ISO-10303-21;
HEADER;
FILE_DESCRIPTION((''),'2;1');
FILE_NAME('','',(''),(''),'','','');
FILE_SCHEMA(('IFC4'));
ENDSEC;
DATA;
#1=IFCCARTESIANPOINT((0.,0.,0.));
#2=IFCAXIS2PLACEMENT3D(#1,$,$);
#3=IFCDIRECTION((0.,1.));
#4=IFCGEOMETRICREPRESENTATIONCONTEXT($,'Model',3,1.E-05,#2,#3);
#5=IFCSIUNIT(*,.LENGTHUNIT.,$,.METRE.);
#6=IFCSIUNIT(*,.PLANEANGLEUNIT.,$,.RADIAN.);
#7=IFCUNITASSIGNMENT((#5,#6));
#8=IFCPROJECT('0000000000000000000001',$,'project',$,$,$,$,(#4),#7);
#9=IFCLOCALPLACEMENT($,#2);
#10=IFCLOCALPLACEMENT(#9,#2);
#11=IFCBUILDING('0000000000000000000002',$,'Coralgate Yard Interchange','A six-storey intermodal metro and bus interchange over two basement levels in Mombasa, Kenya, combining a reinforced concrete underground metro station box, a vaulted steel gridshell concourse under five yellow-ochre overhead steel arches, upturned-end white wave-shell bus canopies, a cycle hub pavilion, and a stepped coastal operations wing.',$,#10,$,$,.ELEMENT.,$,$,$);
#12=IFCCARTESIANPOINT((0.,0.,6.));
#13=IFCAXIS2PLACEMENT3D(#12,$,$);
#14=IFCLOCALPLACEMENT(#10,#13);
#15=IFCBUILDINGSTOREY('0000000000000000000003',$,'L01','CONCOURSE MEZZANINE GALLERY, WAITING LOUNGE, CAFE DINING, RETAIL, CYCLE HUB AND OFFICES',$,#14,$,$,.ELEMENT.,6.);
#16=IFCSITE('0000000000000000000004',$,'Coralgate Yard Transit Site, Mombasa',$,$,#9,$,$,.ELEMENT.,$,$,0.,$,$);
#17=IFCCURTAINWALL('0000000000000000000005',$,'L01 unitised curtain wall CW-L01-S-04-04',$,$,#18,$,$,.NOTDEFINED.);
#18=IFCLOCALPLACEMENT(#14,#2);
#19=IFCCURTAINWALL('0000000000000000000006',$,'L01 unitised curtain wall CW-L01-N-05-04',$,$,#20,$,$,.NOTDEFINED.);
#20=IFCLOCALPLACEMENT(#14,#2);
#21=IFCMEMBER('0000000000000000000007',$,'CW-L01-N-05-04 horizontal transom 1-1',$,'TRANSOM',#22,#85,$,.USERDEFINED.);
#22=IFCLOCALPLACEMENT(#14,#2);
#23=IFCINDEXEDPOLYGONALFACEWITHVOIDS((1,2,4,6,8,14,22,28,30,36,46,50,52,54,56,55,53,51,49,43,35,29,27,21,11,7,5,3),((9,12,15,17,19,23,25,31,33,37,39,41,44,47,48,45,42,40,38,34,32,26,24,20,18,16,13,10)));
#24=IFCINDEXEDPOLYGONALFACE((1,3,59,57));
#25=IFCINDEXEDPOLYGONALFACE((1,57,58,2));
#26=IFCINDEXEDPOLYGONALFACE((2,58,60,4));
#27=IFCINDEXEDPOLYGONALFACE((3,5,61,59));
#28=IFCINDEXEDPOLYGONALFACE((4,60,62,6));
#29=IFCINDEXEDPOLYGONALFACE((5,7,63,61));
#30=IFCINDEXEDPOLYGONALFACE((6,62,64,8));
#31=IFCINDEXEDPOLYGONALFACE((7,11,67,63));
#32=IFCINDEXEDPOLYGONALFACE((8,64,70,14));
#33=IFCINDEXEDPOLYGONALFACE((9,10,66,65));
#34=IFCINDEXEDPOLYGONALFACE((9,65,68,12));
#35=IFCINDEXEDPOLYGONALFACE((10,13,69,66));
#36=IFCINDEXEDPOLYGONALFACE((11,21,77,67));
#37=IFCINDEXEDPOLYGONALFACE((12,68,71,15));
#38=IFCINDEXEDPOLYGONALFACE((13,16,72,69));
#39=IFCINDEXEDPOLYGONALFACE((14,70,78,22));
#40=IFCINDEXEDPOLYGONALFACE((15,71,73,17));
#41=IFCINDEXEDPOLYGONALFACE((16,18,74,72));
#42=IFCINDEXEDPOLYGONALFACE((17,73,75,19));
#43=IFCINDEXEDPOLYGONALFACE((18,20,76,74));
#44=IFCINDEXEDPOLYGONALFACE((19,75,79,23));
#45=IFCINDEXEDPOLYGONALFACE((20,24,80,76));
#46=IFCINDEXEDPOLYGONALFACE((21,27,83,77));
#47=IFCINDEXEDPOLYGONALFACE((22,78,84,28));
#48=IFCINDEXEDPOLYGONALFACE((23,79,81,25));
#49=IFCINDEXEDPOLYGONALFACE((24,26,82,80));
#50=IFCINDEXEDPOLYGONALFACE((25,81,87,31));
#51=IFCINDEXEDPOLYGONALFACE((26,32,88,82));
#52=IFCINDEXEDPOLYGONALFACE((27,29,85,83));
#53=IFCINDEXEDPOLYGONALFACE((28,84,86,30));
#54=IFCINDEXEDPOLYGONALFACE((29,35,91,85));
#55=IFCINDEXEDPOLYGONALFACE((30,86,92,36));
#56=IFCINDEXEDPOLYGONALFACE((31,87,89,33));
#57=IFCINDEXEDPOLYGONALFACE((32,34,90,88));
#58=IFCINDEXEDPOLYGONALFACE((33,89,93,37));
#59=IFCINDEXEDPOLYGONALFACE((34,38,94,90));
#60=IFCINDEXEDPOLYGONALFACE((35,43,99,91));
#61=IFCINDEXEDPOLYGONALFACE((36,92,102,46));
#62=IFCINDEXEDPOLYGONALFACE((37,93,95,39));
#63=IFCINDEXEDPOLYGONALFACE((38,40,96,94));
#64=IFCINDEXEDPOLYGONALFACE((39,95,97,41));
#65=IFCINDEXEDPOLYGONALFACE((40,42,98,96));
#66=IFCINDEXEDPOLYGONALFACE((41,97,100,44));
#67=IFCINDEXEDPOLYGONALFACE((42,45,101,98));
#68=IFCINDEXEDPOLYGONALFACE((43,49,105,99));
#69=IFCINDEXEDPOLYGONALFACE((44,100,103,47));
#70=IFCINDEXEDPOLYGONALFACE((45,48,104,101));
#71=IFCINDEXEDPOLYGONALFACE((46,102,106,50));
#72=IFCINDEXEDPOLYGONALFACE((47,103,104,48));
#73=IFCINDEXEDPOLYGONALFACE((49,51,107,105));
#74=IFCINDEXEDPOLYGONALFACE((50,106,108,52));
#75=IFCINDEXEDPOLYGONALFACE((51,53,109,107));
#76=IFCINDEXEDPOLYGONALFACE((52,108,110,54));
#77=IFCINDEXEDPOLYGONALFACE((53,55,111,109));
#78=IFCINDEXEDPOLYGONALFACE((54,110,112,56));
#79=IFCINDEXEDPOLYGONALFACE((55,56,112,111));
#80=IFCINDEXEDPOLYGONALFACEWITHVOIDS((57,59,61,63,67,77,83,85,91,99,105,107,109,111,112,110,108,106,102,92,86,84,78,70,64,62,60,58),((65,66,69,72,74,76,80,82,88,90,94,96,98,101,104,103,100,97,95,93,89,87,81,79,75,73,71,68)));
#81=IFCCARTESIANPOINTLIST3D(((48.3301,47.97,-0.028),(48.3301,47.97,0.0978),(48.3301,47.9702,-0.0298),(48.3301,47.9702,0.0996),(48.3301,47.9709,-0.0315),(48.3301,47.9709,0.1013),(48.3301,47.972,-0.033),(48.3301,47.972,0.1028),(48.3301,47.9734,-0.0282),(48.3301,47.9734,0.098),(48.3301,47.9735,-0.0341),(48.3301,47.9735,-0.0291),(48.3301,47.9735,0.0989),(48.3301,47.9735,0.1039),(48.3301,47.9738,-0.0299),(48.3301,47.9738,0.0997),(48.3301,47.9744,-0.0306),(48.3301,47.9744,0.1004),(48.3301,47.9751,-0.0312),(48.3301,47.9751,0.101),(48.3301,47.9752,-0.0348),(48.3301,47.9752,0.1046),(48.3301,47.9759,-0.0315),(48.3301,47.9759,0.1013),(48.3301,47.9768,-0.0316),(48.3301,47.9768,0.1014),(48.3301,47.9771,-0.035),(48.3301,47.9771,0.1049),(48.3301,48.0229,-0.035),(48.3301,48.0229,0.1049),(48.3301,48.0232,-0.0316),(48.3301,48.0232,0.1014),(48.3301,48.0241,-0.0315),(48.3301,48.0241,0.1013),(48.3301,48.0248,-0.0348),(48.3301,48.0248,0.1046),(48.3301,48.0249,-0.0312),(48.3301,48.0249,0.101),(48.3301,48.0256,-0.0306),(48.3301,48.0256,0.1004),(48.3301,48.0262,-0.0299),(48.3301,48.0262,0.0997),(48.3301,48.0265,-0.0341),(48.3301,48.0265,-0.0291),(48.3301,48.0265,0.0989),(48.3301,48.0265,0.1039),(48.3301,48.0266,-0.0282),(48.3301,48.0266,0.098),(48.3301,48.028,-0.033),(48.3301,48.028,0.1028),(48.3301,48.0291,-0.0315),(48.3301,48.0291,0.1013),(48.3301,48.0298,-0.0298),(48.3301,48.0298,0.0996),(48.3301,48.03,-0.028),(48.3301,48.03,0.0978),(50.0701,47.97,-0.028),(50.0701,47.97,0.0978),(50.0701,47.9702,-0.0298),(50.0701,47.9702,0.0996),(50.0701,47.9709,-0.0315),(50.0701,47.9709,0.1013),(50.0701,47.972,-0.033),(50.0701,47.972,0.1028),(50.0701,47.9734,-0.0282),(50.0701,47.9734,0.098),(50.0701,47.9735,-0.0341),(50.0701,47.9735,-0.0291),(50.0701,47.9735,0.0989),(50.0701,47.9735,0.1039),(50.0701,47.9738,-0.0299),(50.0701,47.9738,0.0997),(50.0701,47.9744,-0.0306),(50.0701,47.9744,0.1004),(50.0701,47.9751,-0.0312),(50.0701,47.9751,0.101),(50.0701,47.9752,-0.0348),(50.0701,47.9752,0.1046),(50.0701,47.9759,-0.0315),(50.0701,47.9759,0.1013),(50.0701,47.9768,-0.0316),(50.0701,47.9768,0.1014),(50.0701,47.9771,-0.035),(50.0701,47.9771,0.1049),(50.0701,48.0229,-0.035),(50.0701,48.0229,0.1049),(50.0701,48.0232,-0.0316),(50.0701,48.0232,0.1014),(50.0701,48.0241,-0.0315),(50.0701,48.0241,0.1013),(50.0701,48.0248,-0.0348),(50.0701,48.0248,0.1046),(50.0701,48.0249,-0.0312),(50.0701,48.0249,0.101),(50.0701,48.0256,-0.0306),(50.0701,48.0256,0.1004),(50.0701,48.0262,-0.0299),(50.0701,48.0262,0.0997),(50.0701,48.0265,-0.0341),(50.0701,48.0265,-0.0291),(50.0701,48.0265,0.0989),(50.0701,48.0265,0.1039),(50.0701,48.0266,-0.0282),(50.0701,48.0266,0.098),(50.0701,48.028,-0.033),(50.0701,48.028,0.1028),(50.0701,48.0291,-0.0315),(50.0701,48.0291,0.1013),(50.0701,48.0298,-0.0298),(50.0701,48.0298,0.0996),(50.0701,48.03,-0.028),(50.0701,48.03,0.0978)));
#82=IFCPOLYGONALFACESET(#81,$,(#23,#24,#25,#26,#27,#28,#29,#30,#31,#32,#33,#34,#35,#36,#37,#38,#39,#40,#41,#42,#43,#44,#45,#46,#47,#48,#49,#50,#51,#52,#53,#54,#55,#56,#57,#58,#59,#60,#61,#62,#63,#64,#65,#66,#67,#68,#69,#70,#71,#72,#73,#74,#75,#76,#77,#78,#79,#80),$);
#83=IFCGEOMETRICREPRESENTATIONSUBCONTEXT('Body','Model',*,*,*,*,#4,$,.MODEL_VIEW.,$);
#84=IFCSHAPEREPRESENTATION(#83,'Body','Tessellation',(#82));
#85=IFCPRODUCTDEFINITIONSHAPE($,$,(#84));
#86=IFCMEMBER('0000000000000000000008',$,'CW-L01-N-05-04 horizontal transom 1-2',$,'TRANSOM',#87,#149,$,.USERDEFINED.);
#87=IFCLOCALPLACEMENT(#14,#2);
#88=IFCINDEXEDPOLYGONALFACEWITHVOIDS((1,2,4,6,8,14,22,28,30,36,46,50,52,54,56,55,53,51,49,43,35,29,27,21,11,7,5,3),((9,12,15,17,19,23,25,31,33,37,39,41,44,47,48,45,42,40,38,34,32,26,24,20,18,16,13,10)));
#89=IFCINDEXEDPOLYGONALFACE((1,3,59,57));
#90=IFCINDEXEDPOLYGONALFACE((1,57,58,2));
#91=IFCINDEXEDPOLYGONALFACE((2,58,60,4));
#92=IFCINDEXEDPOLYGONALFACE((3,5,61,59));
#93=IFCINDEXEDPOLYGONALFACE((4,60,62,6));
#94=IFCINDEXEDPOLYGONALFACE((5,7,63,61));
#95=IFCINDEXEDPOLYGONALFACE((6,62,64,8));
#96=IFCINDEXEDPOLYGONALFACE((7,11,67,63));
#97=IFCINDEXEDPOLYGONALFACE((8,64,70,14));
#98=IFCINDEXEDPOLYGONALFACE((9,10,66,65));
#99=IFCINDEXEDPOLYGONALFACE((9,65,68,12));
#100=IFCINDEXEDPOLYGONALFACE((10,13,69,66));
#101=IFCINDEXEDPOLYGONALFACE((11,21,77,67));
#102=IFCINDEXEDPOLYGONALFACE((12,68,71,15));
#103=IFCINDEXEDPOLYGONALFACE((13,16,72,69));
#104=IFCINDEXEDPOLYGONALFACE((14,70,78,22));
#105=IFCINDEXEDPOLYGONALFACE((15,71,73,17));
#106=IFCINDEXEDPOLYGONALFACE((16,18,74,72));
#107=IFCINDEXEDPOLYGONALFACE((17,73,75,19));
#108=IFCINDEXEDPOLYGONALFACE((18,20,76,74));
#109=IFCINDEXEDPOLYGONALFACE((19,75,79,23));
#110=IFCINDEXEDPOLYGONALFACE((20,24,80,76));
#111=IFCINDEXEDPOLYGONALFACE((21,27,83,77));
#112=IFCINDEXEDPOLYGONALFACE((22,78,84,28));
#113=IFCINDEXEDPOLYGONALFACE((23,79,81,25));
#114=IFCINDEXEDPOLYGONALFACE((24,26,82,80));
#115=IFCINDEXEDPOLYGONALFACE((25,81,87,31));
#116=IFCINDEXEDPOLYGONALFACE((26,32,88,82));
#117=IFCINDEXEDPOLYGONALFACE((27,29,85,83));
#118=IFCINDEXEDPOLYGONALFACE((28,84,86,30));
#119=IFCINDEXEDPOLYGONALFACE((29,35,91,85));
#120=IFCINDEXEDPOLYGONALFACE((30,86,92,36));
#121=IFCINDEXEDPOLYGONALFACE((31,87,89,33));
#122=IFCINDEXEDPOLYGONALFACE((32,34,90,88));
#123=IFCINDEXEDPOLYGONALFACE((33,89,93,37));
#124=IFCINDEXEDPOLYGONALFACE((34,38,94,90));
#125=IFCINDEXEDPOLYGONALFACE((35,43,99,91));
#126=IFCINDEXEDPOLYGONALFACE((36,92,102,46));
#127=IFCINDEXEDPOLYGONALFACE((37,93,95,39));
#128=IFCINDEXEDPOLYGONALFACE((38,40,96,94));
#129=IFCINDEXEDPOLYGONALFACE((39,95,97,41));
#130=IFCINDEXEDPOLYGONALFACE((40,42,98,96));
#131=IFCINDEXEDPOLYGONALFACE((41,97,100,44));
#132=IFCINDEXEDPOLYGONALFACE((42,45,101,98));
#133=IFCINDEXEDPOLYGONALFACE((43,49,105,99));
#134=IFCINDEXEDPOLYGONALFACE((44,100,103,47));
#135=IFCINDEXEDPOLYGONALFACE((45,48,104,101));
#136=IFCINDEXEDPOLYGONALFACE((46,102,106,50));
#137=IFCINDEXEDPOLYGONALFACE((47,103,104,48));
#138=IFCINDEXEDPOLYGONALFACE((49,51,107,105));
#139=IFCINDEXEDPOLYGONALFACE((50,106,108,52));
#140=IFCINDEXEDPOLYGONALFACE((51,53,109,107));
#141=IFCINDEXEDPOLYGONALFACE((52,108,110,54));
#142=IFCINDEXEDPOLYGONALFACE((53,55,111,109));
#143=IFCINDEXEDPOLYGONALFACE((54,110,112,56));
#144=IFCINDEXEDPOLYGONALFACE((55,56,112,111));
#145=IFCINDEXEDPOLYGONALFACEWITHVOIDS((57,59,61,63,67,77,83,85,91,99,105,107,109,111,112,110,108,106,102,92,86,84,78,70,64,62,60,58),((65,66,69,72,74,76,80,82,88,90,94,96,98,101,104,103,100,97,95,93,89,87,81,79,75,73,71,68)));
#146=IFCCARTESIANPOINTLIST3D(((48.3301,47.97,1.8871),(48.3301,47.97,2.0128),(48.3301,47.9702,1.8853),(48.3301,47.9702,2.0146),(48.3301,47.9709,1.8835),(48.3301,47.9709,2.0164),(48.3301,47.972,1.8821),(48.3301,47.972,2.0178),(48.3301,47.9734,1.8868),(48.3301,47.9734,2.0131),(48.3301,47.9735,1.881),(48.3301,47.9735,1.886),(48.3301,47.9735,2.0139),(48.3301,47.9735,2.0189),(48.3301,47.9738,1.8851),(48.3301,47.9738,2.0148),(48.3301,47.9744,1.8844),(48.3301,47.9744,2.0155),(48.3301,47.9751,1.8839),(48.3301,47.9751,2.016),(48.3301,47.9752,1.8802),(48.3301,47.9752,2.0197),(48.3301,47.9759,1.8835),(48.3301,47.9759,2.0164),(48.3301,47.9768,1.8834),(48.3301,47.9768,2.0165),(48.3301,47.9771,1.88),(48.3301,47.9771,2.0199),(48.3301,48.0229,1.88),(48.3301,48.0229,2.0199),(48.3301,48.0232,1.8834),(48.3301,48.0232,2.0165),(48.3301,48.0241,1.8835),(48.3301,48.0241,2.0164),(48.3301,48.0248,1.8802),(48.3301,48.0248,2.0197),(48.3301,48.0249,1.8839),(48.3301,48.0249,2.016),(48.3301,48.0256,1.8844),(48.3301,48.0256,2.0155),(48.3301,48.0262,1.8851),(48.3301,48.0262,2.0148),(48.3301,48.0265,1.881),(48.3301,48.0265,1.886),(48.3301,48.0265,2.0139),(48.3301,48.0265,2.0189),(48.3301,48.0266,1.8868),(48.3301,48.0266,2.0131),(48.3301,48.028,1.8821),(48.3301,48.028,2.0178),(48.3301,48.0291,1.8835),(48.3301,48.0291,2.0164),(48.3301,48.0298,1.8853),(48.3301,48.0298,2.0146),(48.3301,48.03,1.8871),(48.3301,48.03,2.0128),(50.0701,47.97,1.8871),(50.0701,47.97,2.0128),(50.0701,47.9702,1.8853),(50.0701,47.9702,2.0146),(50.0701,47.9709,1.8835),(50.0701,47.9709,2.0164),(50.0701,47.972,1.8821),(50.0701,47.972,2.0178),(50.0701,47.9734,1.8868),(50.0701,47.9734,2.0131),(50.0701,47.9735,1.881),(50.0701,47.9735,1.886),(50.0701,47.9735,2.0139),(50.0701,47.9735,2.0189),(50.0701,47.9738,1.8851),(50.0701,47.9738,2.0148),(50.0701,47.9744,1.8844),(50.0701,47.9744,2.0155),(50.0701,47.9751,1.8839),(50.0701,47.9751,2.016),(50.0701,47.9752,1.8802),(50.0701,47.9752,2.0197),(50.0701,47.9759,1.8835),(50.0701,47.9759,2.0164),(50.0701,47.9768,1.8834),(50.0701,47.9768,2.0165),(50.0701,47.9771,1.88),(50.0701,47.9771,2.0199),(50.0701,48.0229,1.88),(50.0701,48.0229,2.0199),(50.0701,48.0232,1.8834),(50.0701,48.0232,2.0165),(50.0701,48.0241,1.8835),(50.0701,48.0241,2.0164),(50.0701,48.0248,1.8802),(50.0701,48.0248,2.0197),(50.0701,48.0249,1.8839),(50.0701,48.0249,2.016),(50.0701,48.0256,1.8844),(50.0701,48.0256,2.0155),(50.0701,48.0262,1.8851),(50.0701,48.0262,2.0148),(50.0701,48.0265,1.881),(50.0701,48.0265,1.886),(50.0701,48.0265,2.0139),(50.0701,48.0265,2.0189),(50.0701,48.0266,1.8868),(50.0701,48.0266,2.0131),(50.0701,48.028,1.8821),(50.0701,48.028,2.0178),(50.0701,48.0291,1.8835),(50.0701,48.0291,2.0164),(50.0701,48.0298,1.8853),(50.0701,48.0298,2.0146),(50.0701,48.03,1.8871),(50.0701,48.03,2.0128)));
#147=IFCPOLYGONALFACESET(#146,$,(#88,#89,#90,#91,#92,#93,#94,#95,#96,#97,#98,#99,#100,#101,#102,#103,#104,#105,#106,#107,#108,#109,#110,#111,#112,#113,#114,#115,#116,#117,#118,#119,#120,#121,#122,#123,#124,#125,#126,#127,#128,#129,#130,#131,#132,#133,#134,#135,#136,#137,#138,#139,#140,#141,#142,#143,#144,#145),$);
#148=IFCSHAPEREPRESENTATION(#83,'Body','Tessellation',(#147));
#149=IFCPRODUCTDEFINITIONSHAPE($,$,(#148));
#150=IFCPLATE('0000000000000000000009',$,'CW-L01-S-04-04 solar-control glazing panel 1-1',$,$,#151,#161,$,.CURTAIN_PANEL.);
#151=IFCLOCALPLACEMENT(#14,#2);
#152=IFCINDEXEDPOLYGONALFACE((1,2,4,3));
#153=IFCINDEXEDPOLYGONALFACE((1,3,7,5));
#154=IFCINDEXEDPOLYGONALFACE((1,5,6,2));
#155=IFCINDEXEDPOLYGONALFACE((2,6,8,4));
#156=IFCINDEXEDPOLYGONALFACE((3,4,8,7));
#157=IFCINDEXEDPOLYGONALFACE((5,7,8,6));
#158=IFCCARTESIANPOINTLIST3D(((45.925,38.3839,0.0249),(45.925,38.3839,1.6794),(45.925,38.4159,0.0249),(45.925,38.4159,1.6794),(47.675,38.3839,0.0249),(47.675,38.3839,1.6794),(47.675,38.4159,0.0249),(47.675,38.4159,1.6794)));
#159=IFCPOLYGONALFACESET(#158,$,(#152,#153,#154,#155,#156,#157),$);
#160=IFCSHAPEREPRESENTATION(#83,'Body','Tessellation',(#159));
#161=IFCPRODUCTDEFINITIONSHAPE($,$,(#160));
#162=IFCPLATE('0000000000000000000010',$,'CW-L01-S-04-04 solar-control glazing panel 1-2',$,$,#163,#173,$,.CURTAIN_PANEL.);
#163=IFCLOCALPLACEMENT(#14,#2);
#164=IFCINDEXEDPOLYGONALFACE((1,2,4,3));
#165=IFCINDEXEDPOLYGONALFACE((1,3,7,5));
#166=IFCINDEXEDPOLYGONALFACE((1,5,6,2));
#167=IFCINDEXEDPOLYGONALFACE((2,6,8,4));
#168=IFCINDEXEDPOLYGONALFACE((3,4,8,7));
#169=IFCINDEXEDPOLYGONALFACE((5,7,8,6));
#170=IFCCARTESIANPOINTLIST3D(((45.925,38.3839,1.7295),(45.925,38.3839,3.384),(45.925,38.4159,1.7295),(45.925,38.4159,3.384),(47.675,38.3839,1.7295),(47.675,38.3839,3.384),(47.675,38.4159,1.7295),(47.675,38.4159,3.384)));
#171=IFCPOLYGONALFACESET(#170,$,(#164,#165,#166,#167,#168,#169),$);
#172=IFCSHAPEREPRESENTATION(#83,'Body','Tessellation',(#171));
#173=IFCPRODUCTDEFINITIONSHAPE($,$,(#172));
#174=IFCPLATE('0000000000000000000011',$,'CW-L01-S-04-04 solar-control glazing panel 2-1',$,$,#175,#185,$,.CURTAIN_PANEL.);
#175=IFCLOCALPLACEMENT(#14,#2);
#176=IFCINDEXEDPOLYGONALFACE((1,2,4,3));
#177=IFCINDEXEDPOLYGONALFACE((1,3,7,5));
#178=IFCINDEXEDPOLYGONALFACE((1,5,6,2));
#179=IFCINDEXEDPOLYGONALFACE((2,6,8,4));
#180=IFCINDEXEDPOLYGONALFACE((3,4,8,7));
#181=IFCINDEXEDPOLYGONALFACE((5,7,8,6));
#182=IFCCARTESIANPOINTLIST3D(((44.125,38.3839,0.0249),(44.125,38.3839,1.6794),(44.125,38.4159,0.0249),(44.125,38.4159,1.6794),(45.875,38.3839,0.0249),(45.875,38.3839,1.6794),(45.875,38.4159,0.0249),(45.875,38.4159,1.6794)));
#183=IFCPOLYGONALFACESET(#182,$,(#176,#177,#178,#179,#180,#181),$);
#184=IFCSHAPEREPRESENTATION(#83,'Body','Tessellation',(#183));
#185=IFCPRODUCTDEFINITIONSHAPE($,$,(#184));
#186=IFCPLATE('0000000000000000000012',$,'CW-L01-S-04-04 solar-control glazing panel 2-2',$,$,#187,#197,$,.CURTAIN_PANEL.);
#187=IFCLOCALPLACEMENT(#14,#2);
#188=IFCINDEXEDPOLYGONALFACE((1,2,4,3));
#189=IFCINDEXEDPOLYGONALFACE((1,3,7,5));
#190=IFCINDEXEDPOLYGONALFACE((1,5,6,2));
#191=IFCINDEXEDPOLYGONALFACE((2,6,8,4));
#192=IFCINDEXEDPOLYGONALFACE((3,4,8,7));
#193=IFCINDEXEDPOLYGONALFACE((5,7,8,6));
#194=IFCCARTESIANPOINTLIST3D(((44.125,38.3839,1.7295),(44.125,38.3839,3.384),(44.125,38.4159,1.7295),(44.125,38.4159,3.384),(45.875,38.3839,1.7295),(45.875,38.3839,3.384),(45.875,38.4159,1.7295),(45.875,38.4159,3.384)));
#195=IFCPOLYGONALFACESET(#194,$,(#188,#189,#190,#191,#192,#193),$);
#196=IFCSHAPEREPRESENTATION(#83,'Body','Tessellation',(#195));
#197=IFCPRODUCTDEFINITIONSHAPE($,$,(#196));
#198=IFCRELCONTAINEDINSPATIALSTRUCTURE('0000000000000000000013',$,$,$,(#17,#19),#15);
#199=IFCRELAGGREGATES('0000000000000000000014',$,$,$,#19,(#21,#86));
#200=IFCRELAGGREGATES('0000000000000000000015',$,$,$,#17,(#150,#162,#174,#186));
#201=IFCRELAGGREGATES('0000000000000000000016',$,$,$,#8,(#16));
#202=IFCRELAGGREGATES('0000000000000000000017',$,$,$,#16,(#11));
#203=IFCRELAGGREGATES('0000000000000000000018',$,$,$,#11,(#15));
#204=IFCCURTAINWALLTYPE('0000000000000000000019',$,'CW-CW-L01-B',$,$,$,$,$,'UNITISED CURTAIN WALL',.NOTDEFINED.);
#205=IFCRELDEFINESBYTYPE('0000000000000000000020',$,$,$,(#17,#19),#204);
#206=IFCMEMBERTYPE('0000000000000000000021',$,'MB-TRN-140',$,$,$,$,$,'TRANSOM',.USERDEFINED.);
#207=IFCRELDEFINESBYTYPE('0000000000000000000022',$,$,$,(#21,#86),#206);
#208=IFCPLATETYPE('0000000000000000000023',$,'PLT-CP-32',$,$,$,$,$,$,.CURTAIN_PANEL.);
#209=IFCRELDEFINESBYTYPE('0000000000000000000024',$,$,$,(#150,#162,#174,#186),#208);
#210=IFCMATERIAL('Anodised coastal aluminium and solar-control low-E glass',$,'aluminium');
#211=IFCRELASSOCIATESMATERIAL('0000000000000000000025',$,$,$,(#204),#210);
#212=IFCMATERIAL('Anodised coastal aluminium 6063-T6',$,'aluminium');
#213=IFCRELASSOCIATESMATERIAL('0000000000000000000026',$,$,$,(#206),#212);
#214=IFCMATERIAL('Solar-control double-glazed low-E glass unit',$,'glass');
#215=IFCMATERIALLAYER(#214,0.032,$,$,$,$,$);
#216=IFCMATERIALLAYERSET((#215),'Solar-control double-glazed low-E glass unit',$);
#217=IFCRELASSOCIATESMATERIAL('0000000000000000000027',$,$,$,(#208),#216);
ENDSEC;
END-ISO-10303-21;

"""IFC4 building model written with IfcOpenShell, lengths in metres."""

from ifc_helpers import new_model, si_unit, direction, frame, origin, origin_2d, place, context, subcontext, project, spatial, rectangle, hollow_rectangle, extrude, material, layer, layer_set, material_profile, profile_set, type_object, element, aggregate, save


model = new_model("IFC4")

# Units and contexts
model_context = context("Model", 3, precision=1e-05, world=origin(), true_north=direction((0.0, 1.0)))
body_context = subcontext(model_context, "Body", "Model", "MODEL_VIEW")
ifc_project = project(units=[si_unit("LENGTHUNIT", "METRE"), si_unit("PLANEANGLEUNIT", "RADIAN")], contexts=[model_context])

# Site, building, storey
site_placement = place(None, origin())
site = spatial("IfcSite", under=ifc_project, at=site_placement, Name="Coralgate Yard Transit Site, Mombasa", CompositionType="ELEMENT", RefElevation=0.0)
building_placement = place(site_placement, origin())
building = spatial("IfcBuilding", under=site, at=building_placement, Name="Coralgate Yard Interchange", Description="A six-storey intermodal metro and bus interchange over two basement levels in Mombasa, Kenya, combining a reinforced concrete underground metro station box, a vaulted steel gridshell concourse under five yellow-ochre overhead steel arches, upturned-end white wave-shell bus canopies, a cycle hub pavilion, and a stepped coastal operations wing.", CompositionType="ELEMENT")
storey_placement = place(building_placement, frame((0.0, 0.0, 6.0)))
storey = spatial("IfcBuildingStorey", under=building, at=storey_placement, Name="L01", Description="CONCOURSE MEZZANINE GALLERY, WAITING LOUNGE, CAFE DINING, RETAIL, CYCLE HUB AND OFFICES", CompositionType="ELEMENT", Elevation=6.0)

# Curtain wall
ifc_material_1 = material(Name="Anodised coastal aluminium and solar-control low-E glass", Category="aluminium")
curtain_wall_type = type_object("IfcCurtainWallType", Name="CW-CW-L01-B", ElementType="UNITISED CURTAIN WALL", PredefinedType="NOTDEFINED", material=ifc_material_1)
curtain_wall_1_placement = place(storey_placement, origin())
curtain_wall_1 = element("IfcCurtainWall", 1, at=curtain_wall_1_placement, inside=storey, type_object=curtain_wall_type, Name="L01 unitised curtain wall CW-L01-S-04-04", PredefinedType="NOTDEFINED")
ifc_material_2 = material(Name="Anodised coastal aluminium 6063-T6", Category="aluminium")

# Curtain wall
curtain_wall_2_placement = place(storey_placement, origin())
curtain_wall_2 = element("IfcCurtainWall", 2, at=curtain_wall_2_placement, inside=storey, type_object=curtain_wall_type, Name="L01 unitised curtain wall CW-L01-N-05-04", PredefinedType="NOTDEFINED")

# Members
ifc_material_profile_1 = material_profile(ifc_material_2, hollow_rectangle(XDim=0.0601, YDim=0.1399, WallThickness=0.0034, InnerFilletRadius=0.0034, OuterFilletRadius=0.0071, at=origin_2d()), Name="ALU 60x140x3.5")
ifc_profile_set_1 = profile_set([ifc_material_profile_1], Name="Anodised coastal aluminium 6063-T6")
member_type_1 = type_object("IfcMemberType", Name="MB-TRN-140", ElementType="TRANSOM", PredefinedType="USERDEFINED", material=ifc_profile_set_1)
member_1_placement = place(storey_placement, frame((48.3301, 48.0, 0.0349), z_axis=(1.0, 0.0, 0.0), x_axis=(0.0, 1.0, 0.0)))
member_1 = element("IfcMember", 3, at=member_1_placement, type_object=member_type_1, Name="CW-L01-N-05-04 horizontal transom 1-1", ObjectType="TRANSOM", PredefinedType="USERDEFINED", context=body_context, shape_type="SweptSolid", body=[
    extrude(hollow_rectangle(XDim=0.0601, YDim=0.1399, WallThickness=0.0034, InnerFilletRadius=0.0034, OuterFilletRadius=0.0071, at=origin_2d()), origin(), (0.0, 0.0, 1.0), 1.74),
])
member_2_placement = place(storey_placement, frame((48.3301, 48.0, 1.95), z_axis=(1.0, 0.0, 0.0), x_axis=(0.0, 1.0, 0.0)))
member_2 = element("IfcMember", 4, at=member_2_placement, type_object=member_type_1, Name="CW-L01-N-05-04 horizontal transom 1-2", ObjectType="TRANSOM", PredefinedType="USERDEFINED", context=body_context, shape_type="SweptSolid", body=[
    extrude(hollow_rectangle(XDim=0.0601, YDim=0.1399, WallThickness=0.0034, InnerFilletRadius=0.0034, OuterFilletRadius=0.0071, at=origin_2d()), origin(), (0.0, 0.0, 1.0), 1.74),
])
aggregate(curtain_wall_2, [member_1, member_2])

# Plates
ifc_material_3 = material(Name="Solar-control double-glazed low-E glass unit", Category="glass")
ifc_layer_1 = layer(ifc_material_3, 0.032)
ifc_layer_set_1 = layer_set([ifc_layer_1], Name="Solar-control double-glazed low-E glass unit")
plate_type = type_object("IfcPlateType", Name="PLT-CP-32", PredefinedType="CURTAIN_PANEL", material=ifc_layer_set_1)
plate_1_placement = place(storey_placement, frame((46.8, 38.3999, 0.0249), z_axis=(0.0, 0.0, 1.0), x_axis=(-1.0, 0.0, 0.0)))
plate_1 = element("IfcPlate", 5, at=plate_1_placement, type_object=plate_type, Name="CW-L01-S-04-04 solar-control glazing panel 1-1", PredefinedType="CURTAIN_PANEL", context=body_context, shape_type="SweptSolid", body=[
    extrude(rectangle(XDim=1.75, YDim=0.032, at=origin_2d()), origin(), (0.0, 0.0, 1.0), 1.6545),
])
plate_2_placement = place(storey_placement, frame((46.8, 38.3999, 1.7295), z_axis=(0.0, 0.0, 1.0), x_axis=(-1.0, 0.0, 0.0)))
plate_2 = element("IfcPlate", 6, at=plate_2_placement, type_object=plate_type, Name="CW-L01-S-04-04 solar-control glazing panel 1-2", PredefinedType="CURTAIN_PANEL", context=body_context, shape_type="SweptSolid", body=[
    extrude(rectangle(XDim=1.75, YDim=0.032, at=origin_2d()), origin(), (0.0, 0.0, 1.0), 1.6545),
])
plate_3_placement = place(storey_placement, frame((45.0, 38.3999, 0.0249), z_axis=(0.0, 0.0, 1.0), x_axis=(-1.0, 0.0, 0.0)))
plate_3 = element("IfcPlate", 7, at=plate_3_placement, type_object=plate_type, Name="CW-L01-S-04-04 solar-control glazing panel 2-1", PredefinedType="CURTAIN_PANEL", context=body_context, shape_type="SweptSolid", body=[
    extrude(rectangle(XDim=1.75, YDim=0.032, at=origin_2d()), origin(), (0.0, 0.0, 1.0), 1.6545),
])
plate_4_placement = place(storey_placement, frame((45.0, 38.3999, 1.7295), z_axis=(0.0, 0.0, 1.0), x_axis=(-1.0, 0.0, 0.0)))
plate_4 = element("IfcPlate", 8, at=plate_4_placement, type_object=plate_type, Name="CW-L01-S-04-04 solar-control glazing panel 2-2", PredefinedType="CURTAIN_PANEL", context=body_context, shape_type="SweptSolid", body=[
    extrude(rectangle(XDim=1.75, YDim=0.032, at=origin_2d()), origin(), (0.0, 0.0, 1.0), 1.6545),
])
aggregate(curtain_wall_1, [plate_1, plate_2, plate_3, plate_4])

save(model, "model.ifc")
